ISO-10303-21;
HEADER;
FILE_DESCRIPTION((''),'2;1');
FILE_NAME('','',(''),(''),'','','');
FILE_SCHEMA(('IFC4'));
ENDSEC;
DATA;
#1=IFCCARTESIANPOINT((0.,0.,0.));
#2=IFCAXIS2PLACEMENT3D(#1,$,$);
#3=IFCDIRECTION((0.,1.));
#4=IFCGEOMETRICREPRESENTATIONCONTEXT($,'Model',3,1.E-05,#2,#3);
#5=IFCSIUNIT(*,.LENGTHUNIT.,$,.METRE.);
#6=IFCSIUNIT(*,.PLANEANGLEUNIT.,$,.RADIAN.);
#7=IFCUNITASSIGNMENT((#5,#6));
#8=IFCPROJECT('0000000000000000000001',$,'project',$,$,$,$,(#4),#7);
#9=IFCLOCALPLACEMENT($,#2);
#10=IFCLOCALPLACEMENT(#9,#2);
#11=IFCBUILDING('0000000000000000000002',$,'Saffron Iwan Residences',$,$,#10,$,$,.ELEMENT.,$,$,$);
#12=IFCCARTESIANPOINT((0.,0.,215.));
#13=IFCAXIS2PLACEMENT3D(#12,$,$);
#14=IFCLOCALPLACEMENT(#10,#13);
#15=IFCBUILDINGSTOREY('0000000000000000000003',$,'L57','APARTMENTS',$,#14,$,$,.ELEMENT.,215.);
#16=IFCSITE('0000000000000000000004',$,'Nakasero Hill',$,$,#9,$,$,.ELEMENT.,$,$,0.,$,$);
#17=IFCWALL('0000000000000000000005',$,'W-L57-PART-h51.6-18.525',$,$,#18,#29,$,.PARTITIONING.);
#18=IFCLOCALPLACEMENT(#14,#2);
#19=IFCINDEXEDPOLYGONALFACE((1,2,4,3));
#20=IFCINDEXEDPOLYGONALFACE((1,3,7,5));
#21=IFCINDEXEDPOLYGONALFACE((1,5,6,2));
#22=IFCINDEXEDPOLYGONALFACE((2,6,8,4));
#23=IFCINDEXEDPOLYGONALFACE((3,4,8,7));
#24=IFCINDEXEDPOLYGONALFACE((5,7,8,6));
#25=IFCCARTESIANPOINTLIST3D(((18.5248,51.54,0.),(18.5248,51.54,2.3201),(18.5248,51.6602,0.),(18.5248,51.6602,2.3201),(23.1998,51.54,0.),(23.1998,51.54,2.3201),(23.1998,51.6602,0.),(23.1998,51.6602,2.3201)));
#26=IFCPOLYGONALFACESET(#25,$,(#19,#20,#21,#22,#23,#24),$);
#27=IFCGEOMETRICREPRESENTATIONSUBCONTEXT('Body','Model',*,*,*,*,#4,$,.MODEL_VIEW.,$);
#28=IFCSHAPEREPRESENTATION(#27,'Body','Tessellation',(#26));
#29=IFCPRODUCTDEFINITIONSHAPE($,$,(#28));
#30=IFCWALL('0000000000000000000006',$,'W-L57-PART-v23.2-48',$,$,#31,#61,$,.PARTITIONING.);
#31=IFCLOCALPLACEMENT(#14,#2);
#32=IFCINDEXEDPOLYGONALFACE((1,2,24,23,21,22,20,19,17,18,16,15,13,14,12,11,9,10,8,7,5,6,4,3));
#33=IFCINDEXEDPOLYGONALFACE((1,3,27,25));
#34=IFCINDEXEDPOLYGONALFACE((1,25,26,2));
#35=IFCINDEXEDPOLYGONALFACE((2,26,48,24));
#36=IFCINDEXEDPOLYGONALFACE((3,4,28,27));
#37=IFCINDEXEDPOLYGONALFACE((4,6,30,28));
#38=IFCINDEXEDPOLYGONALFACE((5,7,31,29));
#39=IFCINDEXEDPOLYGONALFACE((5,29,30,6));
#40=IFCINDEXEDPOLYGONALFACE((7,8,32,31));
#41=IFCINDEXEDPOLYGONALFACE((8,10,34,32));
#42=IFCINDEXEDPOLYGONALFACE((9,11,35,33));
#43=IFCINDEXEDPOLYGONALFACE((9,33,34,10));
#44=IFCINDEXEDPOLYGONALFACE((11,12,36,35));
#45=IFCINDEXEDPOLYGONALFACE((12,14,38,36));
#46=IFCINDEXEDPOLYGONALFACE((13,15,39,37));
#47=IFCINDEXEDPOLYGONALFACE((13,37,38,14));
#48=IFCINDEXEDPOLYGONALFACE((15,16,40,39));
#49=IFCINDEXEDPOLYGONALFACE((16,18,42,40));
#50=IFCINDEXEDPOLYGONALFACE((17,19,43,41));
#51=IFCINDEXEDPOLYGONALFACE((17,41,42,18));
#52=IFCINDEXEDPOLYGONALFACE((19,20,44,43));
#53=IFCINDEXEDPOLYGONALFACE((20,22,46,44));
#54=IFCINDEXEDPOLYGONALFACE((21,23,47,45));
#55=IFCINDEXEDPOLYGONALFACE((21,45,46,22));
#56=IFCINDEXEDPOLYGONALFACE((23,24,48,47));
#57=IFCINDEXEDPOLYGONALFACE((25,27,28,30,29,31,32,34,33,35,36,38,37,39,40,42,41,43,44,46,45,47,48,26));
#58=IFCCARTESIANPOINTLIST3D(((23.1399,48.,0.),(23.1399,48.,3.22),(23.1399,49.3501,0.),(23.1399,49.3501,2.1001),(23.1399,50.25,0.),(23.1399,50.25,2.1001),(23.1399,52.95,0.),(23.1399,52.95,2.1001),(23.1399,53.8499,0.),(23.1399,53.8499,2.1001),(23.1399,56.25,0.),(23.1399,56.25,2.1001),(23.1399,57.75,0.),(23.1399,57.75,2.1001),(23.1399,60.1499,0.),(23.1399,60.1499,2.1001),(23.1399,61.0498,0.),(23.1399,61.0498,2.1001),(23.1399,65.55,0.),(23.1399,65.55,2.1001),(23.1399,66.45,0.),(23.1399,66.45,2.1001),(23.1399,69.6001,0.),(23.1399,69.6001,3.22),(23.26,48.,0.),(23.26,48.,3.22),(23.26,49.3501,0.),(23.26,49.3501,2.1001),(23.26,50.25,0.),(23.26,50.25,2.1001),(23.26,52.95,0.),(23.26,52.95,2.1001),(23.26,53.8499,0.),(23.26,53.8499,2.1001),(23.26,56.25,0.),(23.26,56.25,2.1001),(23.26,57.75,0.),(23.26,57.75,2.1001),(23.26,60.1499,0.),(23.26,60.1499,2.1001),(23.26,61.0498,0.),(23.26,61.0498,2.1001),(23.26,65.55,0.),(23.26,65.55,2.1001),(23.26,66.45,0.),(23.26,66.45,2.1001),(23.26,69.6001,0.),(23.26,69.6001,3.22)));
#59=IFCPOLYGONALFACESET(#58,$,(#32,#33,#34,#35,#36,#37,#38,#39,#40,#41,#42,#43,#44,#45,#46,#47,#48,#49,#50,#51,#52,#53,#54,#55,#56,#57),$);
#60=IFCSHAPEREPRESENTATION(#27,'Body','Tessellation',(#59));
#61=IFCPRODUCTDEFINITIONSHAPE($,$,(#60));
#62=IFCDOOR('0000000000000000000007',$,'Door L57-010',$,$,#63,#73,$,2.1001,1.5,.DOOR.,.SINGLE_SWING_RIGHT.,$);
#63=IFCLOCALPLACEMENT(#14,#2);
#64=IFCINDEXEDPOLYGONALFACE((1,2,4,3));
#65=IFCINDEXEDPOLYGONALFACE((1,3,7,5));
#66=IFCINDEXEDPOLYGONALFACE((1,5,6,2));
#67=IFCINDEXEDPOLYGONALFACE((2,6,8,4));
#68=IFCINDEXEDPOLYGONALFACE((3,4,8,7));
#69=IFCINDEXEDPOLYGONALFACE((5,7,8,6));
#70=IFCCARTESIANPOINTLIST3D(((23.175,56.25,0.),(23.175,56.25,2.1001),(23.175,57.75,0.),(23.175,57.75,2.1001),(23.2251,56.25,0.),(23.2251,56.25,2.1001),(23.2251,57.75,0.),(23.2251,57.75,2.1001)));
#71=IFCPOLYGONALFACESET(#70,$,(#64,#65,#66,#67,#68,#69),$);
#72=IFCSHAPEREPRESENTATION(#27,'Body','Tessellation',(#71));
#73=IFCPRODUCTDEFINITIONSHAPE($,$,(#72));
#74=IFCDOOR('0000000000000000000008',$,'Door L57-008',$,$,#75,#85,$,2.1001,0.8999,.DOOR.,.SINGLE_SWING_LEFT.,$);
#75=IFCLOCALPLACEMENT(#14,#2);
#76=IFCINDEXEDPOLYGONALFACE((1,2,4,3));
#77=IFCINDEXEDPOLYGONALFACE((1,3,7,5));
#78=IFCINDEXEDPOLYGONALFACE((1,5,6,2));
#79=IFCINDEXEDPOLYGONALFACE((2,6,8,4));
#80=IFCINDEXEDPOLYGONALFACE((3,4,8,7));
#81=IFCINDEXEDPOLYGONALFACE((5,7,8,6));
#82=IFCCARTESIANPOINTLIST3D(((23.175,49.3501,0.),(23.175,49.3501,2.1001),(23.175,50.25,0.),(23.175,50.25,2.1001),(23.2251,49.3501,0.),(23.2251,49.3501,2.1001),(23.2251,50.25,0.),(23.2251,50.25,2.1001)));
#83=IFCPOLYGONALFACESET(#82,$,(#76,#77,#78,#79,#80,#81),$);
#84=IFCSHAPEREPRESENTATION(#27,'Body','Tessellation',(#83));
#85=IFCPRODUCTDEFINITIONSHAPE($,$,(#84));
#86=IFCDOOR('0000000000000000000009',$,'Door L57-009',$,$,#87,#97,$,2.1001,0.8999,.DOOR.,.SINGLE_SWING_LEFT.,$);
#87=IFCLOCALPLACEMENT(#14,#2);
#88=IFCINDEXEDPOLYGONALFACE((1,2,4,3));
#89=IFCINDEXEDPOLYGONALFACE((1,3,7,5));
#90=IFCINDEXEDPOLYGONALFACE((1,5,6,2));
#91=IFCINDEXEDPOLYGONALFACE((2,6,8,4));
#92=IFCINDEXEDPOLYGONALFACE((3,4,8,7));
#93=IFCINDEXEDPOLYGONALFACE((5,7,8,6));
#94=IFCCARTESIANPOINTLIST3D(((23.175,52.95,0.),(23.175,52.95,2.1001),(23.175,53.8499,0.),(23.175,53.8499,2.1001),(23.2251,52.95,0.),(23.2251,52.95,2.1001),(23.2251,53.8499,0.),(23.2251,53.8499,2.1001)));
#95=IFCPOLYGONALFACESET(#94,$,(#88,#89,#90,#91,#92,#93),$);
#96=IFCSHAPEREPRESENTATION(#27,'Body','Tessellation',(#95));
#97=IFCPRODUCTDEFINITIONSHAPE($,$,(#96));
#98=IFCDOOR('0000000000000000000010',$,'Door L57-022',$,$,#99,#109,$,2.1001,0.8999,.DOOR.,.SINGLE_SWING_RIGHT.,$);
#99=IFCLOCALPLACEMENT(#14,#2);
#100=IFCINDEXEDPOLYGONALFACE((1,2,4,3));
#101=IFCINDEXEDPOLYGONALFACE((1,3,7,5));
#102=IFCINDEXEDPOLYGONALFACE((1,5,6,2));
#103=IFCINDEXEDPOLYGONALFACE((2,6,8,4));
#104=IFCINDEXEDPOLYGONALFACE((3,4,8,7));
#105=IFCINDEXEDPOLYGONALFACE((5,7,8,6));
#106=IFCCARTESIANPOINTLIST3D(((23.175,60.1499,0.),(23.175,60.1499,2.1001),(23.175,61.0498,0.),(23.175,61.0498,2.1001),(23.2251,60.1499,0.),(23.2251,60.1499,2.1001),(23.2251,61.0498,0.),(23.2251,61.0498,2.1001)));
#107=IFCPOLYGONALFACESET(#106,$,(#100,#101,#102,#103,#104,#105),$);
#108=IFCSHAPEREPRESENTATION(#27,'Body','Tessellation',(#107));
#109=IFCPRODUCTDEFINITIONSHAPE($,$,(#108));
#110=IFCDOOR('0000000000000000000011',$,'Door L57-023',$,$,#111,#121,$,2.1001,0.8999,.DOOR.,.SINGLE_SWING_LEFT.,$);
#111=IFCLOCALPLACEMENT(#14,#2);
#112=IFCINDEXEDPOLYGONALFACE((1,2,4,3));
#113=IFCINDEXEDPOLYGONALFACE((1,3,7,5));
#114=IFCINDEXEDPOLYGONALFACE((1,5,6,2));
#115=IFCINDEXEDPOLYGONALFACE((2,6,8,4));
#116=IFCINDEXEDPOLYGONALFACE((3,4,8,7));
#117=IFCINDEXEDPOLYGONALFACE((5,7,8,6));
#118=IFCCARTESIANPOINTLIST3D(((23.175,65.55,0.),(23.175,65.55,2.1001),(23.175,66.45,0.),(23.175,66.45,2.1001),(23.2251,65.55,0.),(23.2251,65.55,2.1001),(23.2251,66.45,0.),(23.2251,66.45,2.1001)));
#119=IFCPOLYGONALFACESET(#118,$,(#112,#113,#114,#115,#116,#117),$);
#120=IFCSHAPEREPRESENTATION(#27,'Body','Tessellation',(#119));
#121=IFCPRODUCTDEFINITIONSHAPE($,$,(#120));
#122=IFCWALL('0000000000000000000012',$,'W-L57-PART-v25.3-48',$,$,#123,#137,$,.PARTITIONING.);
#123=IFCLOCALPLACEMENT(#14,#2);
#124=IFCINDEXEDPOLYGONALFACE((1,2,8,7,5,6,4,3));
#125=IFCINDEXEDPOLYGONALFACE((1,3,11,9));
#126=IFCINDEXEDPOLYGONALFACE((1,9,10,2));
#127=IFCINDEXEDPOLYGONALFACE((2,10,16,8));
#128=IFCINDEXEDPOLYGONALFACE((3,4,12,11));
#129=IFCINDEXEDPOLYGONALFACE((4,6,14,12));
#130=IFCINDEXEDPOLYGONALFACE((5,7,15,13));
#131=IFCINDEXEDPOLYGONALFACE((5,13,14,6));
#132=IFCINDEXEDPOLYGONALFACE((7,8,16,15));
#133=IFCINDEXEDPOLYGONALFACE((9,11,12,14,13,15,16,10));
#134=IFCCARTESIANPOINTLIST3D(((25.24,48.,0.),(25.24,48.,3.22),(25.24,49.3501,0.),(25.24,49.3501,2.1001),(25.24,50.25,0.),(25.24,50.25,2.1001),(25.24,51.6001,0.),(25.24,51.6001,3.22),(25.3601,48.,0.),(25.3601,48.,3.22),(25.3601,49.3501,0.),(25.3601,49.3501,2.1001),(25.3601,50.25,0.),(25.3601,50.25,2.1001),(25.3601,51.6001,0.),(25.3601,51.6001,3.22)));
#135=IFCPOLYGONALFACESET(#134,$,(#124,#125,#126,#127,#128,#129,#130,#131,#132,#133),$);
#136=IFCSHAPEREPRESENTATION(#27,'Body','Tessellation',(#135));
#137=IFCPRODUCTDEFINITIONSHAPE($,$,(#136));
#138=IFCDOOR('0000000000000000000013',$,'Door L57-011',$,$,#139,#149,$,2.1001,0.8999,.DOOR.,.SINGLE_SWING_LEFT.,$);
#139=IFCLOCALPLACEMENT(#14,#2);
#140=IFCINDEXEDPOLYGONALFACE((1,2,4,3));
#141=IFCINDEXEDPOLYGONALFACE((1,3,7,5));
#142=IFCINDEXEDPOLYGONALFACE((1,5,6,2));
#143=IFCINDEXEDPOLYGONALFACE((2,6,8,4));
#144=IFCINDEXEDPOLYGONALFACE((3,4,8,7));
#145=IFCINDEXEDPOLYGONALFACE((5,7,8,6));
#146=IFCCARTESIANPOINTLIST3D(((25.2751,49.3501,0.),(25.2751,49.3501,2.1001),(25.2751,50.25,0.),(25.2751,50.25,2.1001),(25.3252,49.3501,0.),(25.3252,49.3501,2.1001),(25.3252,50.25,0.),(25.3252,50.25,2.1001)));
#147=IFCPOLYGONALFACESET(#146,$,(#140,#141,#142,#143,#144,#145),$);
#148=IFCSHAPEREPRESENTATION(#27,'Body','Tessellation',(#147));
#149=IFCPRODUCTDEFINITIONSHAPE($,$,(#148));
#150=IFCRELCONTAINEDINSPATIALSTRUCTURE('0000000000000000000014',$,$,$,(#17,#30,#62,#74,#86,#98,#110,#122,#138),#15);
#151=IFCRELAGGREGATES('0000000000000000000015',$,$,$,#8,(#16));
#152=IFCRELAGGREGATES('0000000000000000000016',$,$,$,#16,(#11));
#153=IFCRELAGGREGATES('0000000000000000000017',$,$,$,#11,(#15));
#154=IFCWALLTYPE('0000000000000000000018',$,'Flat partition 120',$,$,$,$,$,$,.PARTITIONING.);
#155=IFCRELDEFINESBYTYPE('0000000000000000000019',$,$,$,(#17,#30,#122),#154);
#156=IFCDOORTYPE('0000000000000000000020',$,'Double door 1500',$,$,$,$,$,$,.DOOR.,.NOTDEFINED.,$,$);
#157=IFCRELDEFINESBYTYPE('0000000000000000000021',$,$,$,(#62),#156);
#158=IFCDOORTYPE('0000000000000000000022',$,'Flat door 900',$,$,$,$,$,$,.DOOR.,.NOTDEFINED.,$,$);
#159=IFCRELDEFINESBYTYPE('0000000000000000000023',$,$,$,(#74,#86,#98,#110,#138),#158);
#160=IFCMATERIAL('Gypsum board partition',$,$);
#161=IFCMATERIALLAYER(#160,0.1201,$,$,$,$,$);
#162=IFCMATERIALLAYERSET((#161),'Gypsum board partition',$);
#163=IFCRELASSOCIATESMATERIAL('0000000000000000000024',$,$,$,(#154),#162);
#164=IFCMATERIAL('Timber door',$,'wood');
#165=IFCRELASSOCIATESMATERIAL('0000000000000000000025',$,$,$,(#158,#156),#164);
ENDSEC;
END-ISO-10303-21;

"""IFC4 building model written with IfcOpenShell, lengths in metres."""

from ifc_helpers import new_model, si_unit, direction, frame, frame_2d, origin, place, context, subcontext, project, spatial, rectangle, extrude, material, layer, layer_set, type_object, element, fill, save


model = new_model("IFC4")

# Units and contexts
model_context = context("Model", 3, precision=1e-05, world=origin(), true_north=direction((0.0, 1.0)))
body_context = subcontext(model_context, "Body", "Model", "MODEL_VIEW")
ifc_project = project(units=[si_unit("LENGTHUNIT", "METRE"), si_unit("PLANEANGLEUNIT", "RADIAN")], contexts=[model_context])

# Site, building, storey
site_placement = place(None, origin())
site = spatial("IfcSite", under=ifc_project, at=site_placement, Name="Nakasero Hill", CompositionType="ELEMENT", RefElevation=0.0)
building_placement = place(site_placement, origin())
building = spatial("IfcBuilding", under=site, at=building_placement, Name="Saffron Iwan Residences", CompositionType="ELEMENT")
storey_placement = place(building_placement, frame((0.0, 0.0, 215.0)))
storey = spatial("IfcBuildingStorey", under=building, at=storey_placement, Name="L57", Description="APARTMENTS", CompositionType="ELEMENT", Elevation=215.0)

# Shared definitions
ifc_material_1 = material(Name="Gypsum board partition")
ifc_layer_1 = layer(ifc_material_1, 0.1201)
ifc_layer_set_1 = layer_set([ifc_layer_1], Name="Gypsum board partition")
wall_type_1 = type_object("IfcWallType", Name="Flat partition 120", PredefinedType="PARTITIONING", material=ifc_layer_set_1)

# Shared definitions
ifc_material_2 = material(Name="Timber door", Category="wood")
door_type_1 = type_object("IfcDoorType", Name="Flat door 900", OperationType="NOTDEFINED", PredefinedType="DOOR", material=ifc_material_2)

# Wall
wall_1_placement = place(storey_placement, frame((18.5249, 51.6001, 0.0), z_axis=(0.0, 0.0, 1.0), x_axis=(1.0, 0.0, 0.0)))
element("IfcWall", 1, at=wall_1_placement, inside=storey, type_object=wall_type_1, Name="W-L57-PART-h51.6-18.525", PredefinedType="PARTITIONING", context=body_context, shape_type="SweptSolid", body=[
    extrude(rectangle(XDim=4.675, YDim=0.1201, at=frame_2d((2.3374, 0.0))), origin(), (0.0, 0.0, 1.0), 2.3201),
])

# Wall, openings, doors
wall_2_placement = place(storey_placement, frame((23.2, 48.0, 0.0), z_axis=(0.0, 0.0, 1.0), x_axis=(0.0, 1.0, 0.0)))
wall_2 = element("IfcWall", 2, at=wall_2_placement, inside=storey, type_object=wall_type_1, Name="W-L57-PART-v23.2-48", PredefinedType="PARTITIONING", context=body_context, shape_type="SweptSolid", body=[
    extrude(rectangle(XDim=21.6001, YDim=0.1201, at=frame_2d((10.8, 0.0))), origin(), (0.0, 0.0, 1.0), 3.22),
])
opening_1_placement = place(wall_2_placement, frame((1.3501, 0.0, 0.0)))
opening_1 = element("IfcOpeningElement", 3, at=opening_1_placement, cuts=wall_2, PredefinedType="OPENING", context=body_context, shape_type="SweptSolid", body=[
    extrude(rectangle(XDim=0.8999, YDim=2.1001, at=frame_2d((0.45, 1.05))), frame((0.0, 0.0701, 0.0), z_axis=(0.0, -1.0, 0.0), x_axis=(1.0, 0.0, 0.0)), (0.0, 0.0, 1.0), 0.1401),
])
opening_2_placement = place(wall_2_placement, frame((4.95, 0.0, 0.0)))
opening_2 = element("IfcOpeningElement", 4, at=opening_2_placement, cuts=wall_2, PredefinedType="OPENING", context=body_context, shape_type="SweptSolid", body=[
    extrude(rectangle(XDim=0.8999, YDim=2.1001, at=frame_2d((0.45, 1.05))), frame((0.0, 0.0701, 0.0), z_axis=(0.0, -1.0, 0.0), x_axis=(1.0, 0.0, 0.0)), (0.0, 0.0, 1.0), 0.1401),
])
opening_3_placement = place(wall_2_placement, frame((8.25, 0.0, 0.0)))
opening_3 = element("IfcOpeningElement", 5, at=opening_3_placement, cuts=wall_2, PredefinedType="OPENING", context=body_context, shape_type="SweptSolid", body=[
    extrude(rectangle(XDim=1.5, YDim=2.1001, at=frame_2d((0.75, 1.05))), frame((0.0, 0.0701, 0.0), z_axis=(0.0, -1.0, 0.0), x_axis=(1.0, 0.0, 0.0)), (0.0, 0.0, 1.0), 0.1401),
])
opening_4_placement = place(wall_2_placement, frame((12.1499, 0.0, 0.0)))
opening_4 = element("IfcOpeningElement", 6, at=opening_4_placement, cuts=wall_2, PredefinedType="OPENING", context=body_context, shape_type="SweptSolid", body=[
    extrude(rectangle(XDim=0.8999, YDim=2.1001, at=frame_2d((0.45, 1.05))), frame((0.0, 0.0701, 0.0), z_axis=(0.0, -1.0, 0.0), x_axis=(1.0, 0.0, 0.0)), (0.0, 0.0, 1.0), 0.1401),
])
opening_5_placement = place(wall_2_placement, frame((17.55, 0.0, 0.0)))
opening_5 = element("IfcOpeningElement", 7, at=opening_5_placement, cuts=wall_2, PredefinedType="OPENING", context=body_context, shape_type="SweptSolid", body=[
    extrude(rectangle(XDim=0.8999, YDim=2.1001, at=frame_2d((0.45, 1.05))), frame((0.0, 0.0701, 0.0), z_axis=(0.0, -1.0, 0.0), x_axis=(1.0, 0.0, 0.0)), (0.0, 0.0, 1.0), 0.1401),
])
door_type_2 = type_object("IfcDoorType", Name="Double door 1500", OperationType="NOTDEFINED", PredefinedType="DOOR", material=ifc_material_2)
door_1_placement = place(opening_3_placement, origin())
door_1 = element("IfcDoor", 8, at=door_1_placement, inside=storey, type_object=door_type_2, Name="Door L57-010", OperationType="SINGLE_SWING_RIGHT", OverallHeight=2.1001, OverallWidth=1.5, PredefinedType="DOOR", context=body_context, shape_type="SweptSolid", body=[
    extrude(rectangle(XDim=1.5, YDim=2.1001, at=frame_2d((0.75, 1.05))), frame((0.0, 0.0249, 0.0), z_axis=(0.0, -1.0, 0.0), x_axis=(1.0, 0.0, 0.0)), (0.0, 0.0, 1.0), 0.05),
])
fill(opening_3, door_1)
door_2_placement = place(opening_1_placement, origin())
door_2 = element("IfcDoor", 9, at=door_2_placement, inside=storey, type_object=door_type_1, Name="Door L57-008", OperationType="SINGLE_SWING_LEFT", OverallHeight=2.1001, OverallWidth=0.8999, PredefinedType="DOOR", context=body_context, shape_type="SweptSolid", body=[
    extrude(rectangle(XDim=0.8999, YDim=2.1001, at=frame_2d((0.45, 1.05))), frame((0.0, 0.0249, 0.0), z_axis=(0.0, -1.0, 0.0), x_axis=(1.0, 0.0, 0.0)), (0.0, 0.0, 1.0), 0.05),
])
fill(opening_1, door_2)
door_3_placement = place(opening_2_placement, origin())
door_3 = element("IfcDoor", 10, at=door_3_placement, inside=storey, type_object=door_type_1, Name="Door L57-009", OperationType="SINGLE_SWING_LEFT", OverallHeight=2.1001, OverallWidth=0.8999, PredefinedType="DOOR", context=body_context, shape_type="SweptSolid", body=[
    extrude(rectangle(XDim=0.8999, YDim=2.1001, at=frame_2d((0.45, 1.05))), frame((0.0, 0.0249, 0.0), z_axis=(0.0, -1.0, 0.0), x_axis=(1.0, 0.0, 0.0)), (0.0, 0.0, 1.0), 0.05),
])
fill(opening_2, door_3)
door_4_placement = place(opening_4_placement, origin())
door_4 = element("IfcDoor", 11, at=door_4_placement, inside=storey, type_object=door_type_1, Name="Door L57-022", OperationType="SINGLE_SWING_RIGHT", OverallHeight=2.1001, OverallWidth=0.8999, PredefinedType="DOOR", context=body_context, shape_type="SweptSolid", body=[
    extrude(rectangle(XDim=0.8999, YDim=2.1001, at=frame_2d((0.45, 1.05))), frame((0.0, 0.0249, 0.0), z_axis=(0.0, -1.0, 0.0), x_axis=(1.0, 0.0, 0.0)), (0.0, 0.0, 1.0), 0.05),
])
fill(opening_4, door_4)
door_5_placement = place(opening_5_placement, origin())
door_5 = element("IfcDoor", 12, at=door_5_placement, inside=storey, type_object=door_type_1, Name="Door L57-023", OperationType="SINGLE_SWING_LEFT", OverallHeight=2.1001, OverallWidth=0.8999, PredefinedType="DOOR", context=body_context, shape_type="SweptSolid", body=[
    extrude(rectangle(XDim=0.8999, YDim=2.1001, at=frame_2d((0.45, 1.05))), frame((0.0, 0.0249, 0.0), z_axis=(0.0, -1.0, 0.0), x_axis=(1.0, 0.0, 0.0)), (0.0, 0.0, 1.0), 0.05),
])
fill(opening_5, door_5)

# Wall, opening, door
wall_3_placement = place(storey_placement, frame((25.3, 48.0, 0.0), z_axis=(0.0, 0.0, 1.0), x_axis=(0.0, 1.0, 0.0)))
wall_3 = element("IfcWall", 13, at=wall_3_placement, inside=storey, type_object=wall_type_1, Name="W-L57-PART-v25.3-48", PredefinedType="PARTITIONING", context=body_context, shape_type="SweptSolid", body=[
    extrude(rectangle(XDim=3.6001, YDim=0.1201, at=frame_2d((1.8, 0.0))), origin(), (0.0, 0.0, 1.0), 3.22),
])
opening_6_placement = place(wall_3_placement, frame((1.3501, 0.0, 0.0)))
opening_6 = element("IfcOpeningElement", 14, at=opening_6_placement, cuts=wall_3, PredefinedType="OPENING", context=body_context, shape_type="SweptSolid", body=[
    extrude(rectangle(XDim=0.8999, YDim=2.1001, at=frame_2d((0.45, 1.05))), frame((0.0, 0.0701, 0.0), z_axis=(0.0, -1.0, 0.0), x_axis=(1.0, 0.0, 0.0)), (0.0, 0.0, 1.0), 0.1401),
])
door_6_placement = place(opening_6_placement, origin())
door_6 = element("IfcDoor", 15, at=door_6_placement, inside=storey, type_object=door_type_1, Name="Door L57-011", OperationType="SINGLE_SWING_LEFT", OverallHeight=2.1001, OverallWidth=0.8999, PredefinedType="DOOR", context=body_context, shape_type="SweptSolid", body=[
    extrude(rectangle(XDim=0.8999, YDim=2.1001, at=frame_2d((0.45, 1.05))), frame((0.0, 0.0249, 0.0), z_axis=(0.0, -1.0, 0.0), x_axis=(1.0, 0.0, 0.0)), (0.0, 0.0, 1.0), 0.05),
])
fill(opening_6, door_6)

save(model, "model.ifc")
